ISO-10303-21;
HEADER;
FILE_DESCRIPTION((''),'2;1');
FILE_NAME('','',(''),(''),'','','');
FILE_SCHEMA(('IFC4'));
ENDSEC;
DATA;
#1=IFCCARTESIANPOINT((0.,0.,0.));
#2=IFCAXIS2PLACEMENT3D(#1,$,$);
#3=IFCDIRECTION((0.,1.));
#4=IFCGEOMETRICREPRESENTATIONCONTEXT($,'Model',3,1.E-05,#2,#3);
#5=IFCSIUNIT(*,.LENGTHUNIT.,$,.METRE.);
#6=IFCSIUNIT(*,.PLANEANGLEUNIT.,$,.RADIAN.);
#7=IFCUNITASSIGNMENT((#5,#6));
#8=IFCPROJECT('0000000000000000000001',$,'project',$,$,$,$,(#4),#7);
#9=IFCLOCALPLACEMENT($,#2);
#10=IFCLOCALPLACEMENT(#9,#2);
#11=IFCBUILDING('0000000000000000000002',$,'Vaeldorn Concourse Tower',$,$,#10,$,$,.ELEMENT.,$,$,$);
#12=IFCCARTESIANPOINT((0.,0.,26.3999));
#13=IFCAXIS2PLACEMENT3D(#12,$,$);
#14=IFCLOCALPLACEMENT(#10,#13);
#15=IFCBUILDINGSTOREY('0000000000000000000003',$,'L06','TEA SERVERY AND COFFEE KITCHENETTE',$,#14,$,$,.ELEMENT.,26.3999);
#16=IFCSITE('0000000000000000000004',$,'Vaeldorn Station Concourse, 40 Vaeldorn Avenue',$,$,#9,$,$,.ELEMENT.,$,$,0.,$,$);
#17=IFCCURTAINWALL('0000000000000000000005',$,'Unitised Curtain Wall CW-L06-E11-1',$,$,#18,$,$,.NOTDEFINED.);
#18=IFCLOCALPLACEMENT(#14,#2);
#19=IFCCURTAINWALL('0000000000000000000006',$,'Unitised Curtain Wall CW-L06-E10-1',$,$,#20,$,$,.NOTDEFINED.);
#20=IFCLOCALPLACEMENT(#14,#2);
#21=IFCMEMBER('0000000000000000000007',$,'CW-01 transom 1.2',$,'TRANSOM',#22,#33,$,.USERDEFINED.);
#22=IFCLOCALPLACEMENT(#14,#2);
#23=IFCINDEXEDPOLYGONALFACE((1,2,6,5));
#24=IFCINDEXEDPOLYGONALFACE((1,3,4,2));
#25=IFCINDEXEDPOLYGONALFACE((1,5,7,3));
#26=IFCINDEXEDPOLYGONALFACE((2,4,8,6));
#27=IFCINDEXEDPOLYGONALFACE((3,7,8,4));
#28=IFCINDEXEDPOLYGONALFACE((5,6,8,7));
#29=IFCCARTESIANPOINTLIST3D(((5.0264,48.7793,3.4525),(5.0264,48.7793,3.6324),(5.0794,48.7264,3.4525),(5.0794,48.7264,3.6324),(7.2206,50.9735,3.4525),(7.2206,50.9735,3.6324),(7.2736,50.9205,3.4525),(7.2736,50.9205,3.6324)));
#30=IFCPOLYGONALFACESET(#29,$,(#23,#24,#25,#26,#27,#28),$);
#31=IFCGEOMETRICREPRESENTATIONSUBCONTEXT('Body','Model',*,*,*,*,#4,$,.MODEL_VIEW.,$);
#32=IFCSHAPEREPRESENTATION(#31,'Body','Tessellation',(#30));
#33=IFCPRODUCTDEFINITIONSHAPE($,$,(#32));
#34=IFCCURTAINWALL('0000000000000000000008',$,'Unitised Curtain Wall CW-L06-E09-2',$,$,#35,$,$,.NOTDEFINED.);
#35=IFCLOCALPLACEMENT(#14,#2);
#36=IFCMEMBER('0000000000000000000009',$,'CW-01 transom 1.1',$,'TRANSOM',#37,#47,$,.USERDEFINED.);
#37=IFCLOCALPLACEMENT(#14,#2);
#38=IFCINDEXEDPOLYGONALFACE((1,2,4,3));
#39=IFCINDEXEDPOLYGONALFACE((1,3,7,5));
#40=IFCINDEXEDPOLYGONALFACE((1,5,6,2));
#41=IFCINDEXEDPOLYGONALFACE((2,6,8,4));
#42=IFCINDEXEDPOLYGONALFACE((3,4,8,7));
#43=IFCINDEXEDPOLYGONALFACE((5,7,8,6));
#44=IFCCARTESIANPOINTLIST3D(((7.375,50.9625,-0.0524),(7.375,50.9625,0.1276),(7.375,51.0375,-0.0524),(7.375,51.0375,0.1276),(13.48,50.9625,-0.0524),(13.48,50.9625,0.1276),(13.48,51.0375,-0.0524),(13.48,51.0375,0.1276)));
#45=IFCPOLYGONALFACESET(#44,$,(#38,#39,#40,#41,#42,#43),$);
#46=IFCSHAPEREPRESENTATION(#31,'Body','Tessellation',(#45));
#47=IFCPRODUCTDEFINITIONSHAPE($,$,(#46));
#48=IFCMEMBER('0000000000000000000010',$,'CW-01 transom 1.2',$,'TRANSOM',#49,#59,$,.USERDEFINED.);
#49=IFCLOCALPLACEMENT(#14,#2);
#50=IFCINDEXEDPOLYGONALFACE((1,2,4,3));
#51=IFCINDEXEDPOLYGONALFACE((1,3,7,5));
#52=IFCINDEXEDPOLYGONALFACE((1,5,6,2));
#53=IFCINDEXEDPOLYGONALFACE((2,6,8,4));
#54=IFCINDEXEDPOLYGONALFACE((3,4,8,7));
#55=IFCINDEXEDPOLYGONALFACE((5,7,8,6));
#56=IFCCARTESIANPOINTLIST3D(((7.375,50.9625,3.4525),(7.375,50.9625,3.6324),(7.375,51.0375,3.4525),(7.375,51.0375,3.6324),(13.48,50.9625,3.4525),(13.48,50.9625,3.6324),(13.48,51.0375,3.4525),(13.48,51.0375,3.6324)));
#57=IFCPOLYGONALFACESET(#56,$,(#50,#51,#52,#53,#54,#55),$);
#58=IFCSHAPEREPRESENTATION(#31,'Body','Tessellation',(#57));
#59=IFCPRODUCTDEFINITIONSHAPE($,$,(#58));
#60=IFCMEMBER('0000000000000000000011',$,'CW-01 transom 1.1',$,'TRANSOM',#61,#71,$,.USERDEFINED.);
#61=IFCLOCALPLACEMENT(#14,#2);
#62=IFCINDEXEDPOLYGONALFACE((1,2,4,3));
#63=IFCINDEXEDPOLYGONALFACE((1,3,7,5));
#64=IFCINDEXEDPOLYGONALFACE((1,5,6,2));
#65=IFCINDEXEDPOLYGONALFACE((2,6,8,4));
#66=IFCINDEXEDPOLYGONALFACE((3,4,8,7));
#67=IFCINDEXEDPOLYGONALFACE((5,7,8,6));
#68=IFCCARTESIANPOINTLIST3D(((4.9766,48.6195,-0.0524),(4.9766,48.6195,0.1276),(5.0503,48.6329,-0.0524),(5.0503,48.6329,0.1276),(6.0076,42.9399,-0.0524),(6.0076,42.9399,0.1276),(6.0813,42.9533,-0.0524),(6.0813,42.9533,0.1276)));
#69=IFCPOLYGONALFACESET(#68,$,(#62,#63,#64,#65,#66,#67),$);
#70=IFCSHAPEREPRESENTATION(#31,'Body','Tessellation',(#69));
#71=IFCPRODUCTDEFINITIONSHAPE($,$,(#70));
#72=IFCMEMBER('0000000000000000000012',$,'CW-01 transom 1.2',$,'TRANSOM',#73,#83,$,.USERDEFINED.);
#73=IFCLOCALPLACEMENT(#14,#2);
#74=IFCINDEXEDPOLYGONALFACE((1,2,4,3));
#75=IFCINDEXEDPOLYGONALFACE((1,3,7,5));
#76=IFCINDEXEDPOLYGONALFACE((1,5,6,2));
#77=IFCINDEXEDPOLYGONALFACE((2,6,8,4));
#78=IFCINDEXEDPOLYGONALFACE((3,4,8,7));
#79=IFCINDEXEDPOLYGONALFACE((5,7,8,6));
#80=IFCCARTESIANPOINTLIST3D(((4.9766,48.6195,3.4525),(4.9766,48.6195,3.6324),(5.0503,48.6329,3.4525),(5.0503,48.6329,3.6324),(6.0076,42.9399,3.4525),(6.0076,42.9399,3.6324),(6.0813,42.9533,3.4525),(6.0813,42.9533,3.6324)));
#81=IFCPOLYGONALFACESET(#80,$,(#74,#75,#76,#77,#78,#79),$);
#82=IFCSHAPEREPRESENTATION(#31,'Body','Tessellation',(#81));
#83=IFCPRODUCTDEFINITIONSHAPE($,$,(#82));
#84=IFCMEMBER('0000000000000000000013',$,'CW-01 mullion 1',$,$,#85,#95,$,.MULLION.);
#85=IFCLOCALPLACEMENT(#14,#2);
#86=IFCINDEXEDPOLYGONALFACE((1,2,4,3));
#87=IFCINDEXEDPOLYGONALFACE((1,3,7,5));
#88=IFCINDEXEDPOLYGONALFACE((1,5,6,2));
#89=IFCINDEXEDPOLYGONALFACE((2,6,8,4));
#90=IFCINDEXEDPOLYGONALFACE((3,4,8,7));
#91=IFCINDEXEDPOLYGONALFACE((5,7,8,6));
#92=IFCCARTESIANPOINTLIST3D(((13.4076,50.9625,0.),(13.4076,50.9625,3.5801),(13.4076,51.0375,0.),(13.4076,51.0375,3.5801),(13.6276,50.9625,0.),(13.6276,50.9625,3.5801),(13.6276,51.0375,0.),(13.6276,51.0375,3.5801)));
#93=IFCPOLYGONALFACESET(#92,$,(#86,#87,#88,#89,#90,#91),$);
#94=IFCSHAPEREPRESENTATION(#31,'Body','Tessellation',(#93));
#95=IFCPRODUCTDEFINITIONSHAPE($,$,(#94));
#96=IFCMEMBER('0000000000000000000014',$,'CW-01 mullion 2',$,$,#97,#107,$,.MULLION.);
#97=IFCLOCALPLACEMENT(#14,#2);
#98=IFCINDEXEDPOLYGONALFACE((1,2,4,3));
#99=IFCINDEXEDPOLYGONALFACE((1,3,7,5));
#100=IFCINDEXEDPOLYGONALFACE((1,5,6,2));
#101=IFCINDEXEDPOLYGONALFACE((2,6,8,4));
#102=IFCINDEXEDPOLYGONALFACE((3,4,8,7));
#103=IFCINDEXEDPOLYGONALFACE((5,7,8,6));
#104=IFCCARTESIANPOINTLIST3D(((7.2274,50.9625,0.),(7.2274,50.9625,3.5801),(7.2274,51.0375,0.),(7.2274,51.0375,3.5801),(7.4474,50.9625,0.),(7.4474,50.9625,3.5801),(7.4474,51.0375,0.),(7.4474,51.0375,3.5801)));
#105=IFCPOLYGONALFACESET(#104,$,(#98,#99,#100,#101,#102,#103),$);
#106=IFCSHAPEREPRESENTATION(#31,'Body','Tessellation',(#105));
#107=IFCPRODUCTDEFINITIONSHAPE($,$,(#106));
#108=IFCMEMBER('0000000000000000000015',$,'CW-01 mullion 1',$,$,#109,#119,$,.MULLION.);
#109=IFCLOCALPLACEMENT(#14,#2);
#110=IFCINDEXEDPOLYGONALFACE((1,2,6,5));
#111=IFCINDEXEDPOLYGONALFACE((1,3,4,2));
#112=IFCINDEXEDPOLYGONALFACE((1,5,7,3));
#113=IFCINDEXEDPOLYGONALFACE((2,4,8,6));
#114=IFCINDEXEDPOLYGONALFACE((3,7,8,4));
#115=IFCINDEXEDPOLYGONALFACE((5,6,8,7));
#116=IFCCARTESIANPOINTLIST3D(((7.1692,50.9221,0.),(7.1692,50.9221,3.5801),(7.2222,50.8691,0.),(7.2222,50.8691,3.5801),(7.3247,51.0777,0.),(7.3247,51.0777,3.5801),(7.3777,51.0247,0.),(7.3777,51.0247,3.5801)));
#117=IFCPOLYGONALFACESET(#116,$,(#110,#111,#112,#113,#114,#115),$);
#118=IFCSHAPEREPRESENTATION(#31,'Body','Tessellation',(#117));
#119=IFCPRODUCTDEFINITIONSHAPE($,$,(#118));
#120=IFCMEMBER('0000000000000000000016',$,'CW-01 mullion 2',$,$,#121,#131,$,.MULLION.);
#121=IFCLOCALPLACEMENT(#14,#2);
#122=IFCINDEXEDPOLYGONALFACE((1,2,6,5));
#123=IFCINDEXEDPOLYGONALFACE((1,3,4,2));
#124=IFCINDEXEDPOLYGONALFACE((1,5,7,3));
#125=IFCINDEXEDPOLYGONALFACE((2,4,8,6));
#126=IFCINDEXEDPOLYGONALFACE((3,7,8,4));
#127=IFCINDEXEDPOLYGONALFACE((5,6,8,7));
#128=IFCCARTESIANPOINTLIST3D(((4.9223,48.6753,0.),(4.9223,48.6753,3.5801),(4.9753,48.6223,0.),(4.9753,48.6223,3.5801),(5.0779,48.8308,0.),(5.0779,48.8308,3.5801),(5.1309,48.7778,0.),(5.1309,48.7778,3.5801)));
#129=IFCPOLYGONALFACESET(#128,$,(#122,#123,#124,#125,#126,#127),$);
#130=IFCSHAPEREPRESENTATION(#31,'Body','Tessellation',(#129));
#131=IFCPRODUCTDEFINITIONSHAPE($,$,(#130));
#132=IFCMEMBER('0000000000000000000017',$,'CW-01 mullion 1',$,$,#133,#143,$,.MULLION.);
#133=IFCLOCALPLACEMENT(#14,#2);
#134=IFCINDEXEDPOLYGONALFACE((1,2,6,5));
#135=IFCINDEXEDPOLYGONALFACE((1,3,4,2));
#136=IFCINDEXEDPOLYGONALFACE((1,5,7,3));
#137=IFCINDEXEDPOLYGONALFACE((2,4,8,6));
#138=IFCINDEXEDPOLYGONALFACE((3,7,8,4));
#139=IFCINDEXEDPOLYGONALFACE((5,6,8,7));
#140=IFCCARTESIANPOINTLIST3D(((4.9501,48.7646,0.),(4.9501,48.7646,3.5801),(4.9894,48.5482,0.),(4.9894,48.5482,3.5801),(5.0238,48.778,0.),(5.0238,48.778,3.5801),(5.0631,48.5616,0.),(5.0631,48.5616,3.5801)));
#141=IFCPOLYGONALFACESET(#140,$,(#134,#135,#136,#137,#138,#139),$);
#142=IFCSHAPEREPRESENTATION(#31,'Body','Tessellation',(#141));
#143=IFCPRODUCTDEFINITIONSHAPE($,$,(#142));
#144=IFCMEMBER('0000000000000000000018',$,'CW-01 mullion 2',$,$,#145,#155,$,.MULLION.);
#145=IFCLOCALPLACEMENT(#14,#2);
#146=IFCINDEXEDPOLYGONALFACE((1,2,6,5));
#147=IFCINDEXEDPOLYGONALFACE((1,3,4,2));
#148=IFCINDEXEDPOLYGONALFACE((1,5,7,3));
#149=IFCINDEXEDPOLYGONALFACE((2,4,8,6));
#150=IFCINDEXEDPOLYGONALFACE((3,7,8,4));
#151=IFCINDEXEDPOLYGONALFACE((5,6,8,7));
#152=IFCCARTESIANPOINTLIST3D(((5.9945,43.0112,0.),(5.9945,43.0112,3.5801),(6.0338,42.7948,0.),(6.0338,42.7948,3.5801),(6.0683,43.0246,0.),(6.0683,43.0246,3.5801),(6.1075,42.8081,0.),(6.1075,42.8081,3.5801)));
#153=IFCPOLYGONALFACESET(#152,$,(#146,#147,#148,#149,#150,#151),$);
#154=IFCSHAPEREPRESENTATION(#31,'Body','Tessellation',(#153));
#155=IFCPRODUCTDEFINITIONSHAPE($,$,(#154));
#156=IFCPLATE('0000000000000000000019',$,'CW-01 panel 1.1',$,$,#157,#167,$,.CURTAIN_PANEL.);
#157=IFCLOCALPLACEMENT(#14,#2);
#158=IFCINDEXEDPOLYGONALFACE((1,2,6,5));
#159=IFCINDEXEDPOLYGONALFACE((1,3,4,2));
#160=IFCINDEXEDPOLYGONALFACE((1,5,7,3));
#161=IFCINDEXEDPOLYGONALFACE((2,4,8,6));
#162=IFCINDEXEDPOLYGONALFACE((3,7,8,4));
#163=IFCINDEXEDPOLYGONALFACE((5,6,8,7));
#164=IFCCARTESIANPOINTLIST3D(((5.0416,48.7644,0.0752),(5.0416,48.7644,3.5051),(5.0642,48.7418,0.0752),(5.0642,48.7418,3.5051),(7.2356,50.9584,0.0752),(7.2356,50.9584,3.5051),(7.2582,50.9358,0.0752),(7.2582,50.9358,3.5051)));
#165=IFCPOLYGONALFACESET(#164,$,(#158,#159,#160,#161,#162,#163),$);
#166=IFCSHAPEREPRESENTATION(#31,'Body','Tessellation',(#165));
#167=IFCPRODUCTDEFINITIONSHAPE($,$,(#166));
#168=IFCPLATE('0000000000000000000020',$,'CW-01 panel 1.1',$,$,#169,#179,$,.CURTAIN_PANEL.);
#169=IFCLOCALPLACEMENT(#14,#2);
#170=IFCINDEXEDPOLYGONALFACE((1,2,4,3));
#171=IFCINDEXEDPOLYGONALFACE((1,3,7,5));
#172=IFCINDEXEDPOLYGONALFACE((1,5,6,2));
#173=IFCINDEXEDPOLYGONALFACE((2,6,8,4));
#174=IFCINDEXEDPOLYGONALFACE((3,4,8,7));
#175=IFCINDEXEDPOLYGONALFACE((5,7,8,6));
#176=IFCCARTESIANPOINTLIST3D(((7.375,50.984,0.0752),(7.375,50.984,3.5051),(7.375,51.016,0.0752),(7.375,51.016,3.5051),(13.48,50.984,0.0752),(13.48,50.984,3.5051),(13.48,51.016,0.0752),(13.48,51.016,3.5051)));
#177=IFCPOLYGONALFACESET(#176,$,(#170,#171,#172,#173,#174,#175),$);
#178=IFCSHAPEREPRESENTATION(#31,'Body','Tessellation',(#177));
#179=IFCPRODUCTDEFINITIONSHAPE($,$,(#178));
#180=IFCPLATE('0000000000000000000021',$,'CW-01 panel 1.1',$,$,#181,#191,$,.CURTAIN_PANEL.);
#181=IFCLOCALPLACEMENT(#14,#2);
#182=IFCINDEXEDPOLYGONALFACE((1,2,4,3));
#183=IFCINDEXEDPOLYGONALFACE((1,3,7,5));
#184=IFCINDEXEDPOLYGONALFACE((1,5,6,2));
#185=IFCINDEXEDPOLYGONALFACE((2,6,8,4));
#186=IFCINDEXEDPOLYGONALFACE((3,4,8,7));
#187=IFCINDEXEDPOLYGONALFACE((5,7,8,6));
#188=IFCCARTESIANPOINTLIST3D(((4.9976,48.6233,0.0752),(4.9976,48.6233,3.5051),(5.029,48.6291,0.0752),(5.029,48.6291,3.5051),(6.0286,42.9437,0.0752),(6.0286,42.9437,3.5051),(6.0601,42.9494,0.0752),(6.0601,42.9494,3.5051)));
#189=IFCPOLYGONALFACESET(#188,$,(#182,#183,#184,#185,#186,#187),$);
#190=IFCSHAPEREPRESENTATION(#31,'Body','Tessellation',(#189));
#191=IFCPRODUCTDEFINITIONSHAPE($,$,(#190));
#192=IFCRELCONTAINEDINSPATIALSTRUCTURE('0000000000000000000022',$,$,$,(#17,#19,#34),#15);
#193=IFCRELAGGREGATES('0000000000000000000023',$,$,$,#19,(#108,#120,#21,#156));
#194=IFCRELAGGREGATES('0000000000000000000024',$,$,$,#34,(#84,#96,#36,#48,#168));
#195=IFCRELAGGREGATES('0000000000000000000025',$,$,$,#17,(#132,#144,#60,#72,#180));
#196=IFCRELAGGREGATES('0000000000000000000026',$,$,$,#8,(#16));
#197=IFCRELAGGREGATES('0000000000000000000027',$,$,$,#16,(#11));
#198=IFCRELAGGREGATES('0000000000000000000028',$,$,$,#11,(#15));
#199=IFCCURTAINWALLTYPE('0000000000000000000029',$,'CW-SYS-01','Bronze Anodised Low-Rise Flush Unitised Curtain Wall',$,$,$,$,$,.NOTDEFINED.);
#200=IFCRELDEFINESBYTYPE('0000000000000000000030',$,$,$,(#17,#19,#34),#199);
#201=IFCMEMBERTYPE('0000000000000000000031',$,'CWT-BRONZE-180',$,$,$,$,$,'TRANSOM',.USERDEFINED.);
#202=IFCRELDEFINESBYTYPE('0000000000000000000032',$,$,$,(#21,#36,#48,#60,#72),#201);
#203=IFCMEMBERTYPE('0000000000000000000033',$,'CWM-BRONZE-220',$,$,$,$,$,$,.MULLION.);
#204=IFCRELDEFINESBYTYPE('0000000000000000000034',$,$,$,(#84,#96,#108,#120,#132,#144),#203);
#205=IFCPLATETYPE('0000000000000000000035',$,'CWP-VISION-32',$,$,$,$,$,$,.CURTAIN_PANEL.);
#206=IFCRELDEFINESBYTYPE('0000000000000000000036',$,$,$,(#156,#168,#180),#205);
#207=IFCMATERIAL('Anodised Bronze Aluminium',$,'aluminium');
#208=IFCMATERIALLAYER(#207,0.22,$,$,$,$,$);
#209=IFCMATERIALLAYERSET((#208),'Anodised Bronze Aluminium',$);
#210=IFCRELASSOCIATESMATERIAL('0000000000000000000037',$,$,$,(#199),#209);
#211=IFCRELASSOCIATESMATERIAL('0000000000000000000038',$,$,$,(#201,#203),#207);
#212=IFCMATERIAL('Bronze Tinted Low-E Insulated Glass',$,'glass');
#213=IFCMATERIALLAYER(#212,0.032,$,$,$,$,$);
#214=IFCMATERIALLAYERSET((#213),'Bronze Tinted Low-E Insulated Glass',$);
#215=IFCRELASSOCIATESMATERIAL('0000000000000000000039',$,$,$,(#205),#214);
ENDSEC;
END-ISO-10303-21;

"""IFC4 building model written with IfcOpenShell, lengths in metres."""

from ifc_helpers import new_model, si_unit, direction, frame, origin, origin_2d, place, context, subcontext, project, spatial, rectangle, extrude, source, transform, mapped, material, layer, layer_set, material_profile, profile_set, type_object, element, aggregate, save


model = new_model("IFC4")

# Units and contexts
model_context = context("Model", 3, precision=1e-05, world=origin(), true_north=direction((0.0, 1.0)))
body_context = subcontext(model_context, "Body", "Model", "MODEL_VIEW")
ifc_project = project(units=[si_unit("LENGTHUNIT", "METRE"), si_unit("PLANEANGLEUNIT", "RADIAN")], contexts=[model_context])

# Site, building, storey
site_placement = place(None, origin())
site = spatial("IfcSite", under=ifc_project, at=site_placement, Name="Vaeldorn Station Concourse, 40 Vaeldorn Avenue", CompositionType="ELEMENT", RefElevation=0.0)
building_placement = place(site_placement, origin())
building = spatial("IfcBuilding", under=site, at=building_placement, Name="Vaeldorn Concourse Tower", CompositionType="ELEMENT")
storey_placement = place(building_placement, frame((0.0, 0.0, 26.3999)))
storey = spatial("IfcBuildingStorey", under=building, at=storey_placement, Name="L06", Description="TEA SERVERY AND COFFEE KITCHENETTE", CompositionType="ELEMENT", Elevation=26.3999)

# Curtain walls, members
ifc_material_1 = material(Name="Anodised Bronze Aluminium", Category="aluminium")
ifc_layer_1 = layer(ifc_material_1, 0.22)
ifc_layer_set_1 = layer_set([ifc_layer_1], Name="Anodised Bronze Aluminium")
curtain_wall_type = type_object("IfcCurtainWallType", Name="CW-SYS-01", Description="Bronze Anodised Low-Rise Flush Unitised Curtain Wall", PredefinedType="NOTDEFINED", material=ifc_layer_set_1)
curtain_wall_1_placement = place(storey_placement, origin())
curtain_wall_1 = element("IfcCurtainWall", 1, at=curtain_wall_1_placement, inside=storey, type_object=curtain_wall_type, Name="Unitised Curtain Wall CW-L06-E11-1", PredefinedType="NOTDEFINED")
ifc_material_profile_1 = material_profile(ifc_material_1, rectangle(XDim=0.075, YDim=0.1799, at=origin_2d()), Name="CWT 75x180")
ifc_profile_set_1 = profile_set([ifc_material_profile_1], Name="Anodised Bronze Aluminium")
member_type_1 = type_object("IfcMemberType", Name="CWT-BRONZE-180", ElementType="TRANSOM", PredefinedType="USERDEFINED", material=ifc_profile_set_1)
curtain_wall_2_placement = place(storey_placement, origin())
curtain_wall_2 = element("IfcCurtainWall", 2, at=curtain_wall_2_placement, inside=storey, type_object=curtain_wall_type, Name="Unitised Curtain Wall CW-L06-E10-1", PredefinedType="NOTDEFINED")
shared_shape_1 = source(origin(), body_context, "Body", "SweptSolid", [
    extrude(rectangle(XDim=0.075, YDim=0.1799, at=origin_2d()), origin(), (0.0, 0.0, 1.0), 3.103),
])
member_1_placement = place(storey_placement, frame((7.2471, 50.947, 3.5425), z_axis=(-0.707107, -0.707107, 0.0), x_axis=(0.707107, -0.707107, 0.0)))
member_1 = element("IfcMember", 3, at=member_1_placement, type_object=member_type_1, Name="CW-01 transom 1.2", ObjectType="TRANSOM", PredefinedType="USERDEFINED", context=body_context, shape_type="MappedRepresentation", body=[
    mapped(shared_shape_1, transform((0.0, 0.0, 0.0), scale=1.0)),
])
curtain_wall_3_placement = place(storey_placement, origin())
curtain_wall_3 = element("IfcCurtainWall", 4, at=curtain_wall_3_placement, inside=storey, type_object=curtain_wall_type, Name="Unitised Curtain Wall CW-L06-E09-2", PredefinedType="NOTDEFINED")
shared_shape_2 = source(origin(), body_context, "Body", "SweptSolid", [
    extrude(rectangle(XDim=0.075, YDim=0.1799, at=origin_2d()), origin(), (0.0, 0.0, 1.0), 6.105),
])
member_2_placement = place(storey_placement, frame((13.48, 51.0, 0.0376), z_axis=(-1.0, 0.0, 0.0), x_axis=(0.0, -1.0, 0.0)))
member_2 = element("IfcMember", 5, at=member_2_placement, type_object=member_type_1, Name="CW-01 transom 1.1", ObjectType="TRANSOM", PredefinedType="USERDEFINED", context=body_context, shape_type="MappedRepresentation", body=[
    mapped(shared_shape_2, transform((0.0, 0.0, 0.0), scale=1.0)),
])
member_3_placement = place(storey_placement, frame((13.48, 51.0, 3.5425), z_axis=(-1.0, 0.0, 0.0), x_axis=(0.0, -1.0, 0.0)))
member_3 = element("IfcMember", 6, at=member_3_placement, type_object=member_type_1, Name="CW-01 transom 1.2", ObjectType="TRANSOM", PredefinedType="USERDEFINED", context=body_context, shape_type="MappedRepresentation", body=[
    mapped(shared_shape_2, transform((0.0, 0.0, 0.0), scale=1.0)),
])

# Members
shared_shape_3 = source(origin(), body_context, "Body", "SweptSolid", [
    extrude(rectangle(XDim=0.075, YDim=0.1799, at=origin_2d()), origin(), (0.0, 0.0, 1.0), 5.7725),
])
member_4_placement = place(storey_placement, frame((5.0134, 48.6262, 0.0376), z_axis=(0.178606, -0.983921, 0.0), x_axis=(0.983921, 0.178606, 0.0)))
member_4 = element("IfcMember", 7, at=member_4_placement, type_object=member_type_1, Name="CW-01 transom 1.1", ObjectType="TRANSOM", PredefinedType="USERDEFINED", context=body_context, shape_type="MappedRepresentation", body=[
    mapped(shared_shape_3, transform((0.0, 0.0, 0.0), scale=1.0)),
])
member_5_placement = place(storey_placement, frame((5.0134, 48.6262, 3.5425), z_axis=(0.178606, -0.983921, 0.0), x_axis=(0.983921, 0.178606, 0.0)))
member_5 = element("IfcMember", 8, at=member_5_placement, type_object=member_type_1, Name="CW-01 transom 1.2", ObjectType="TRANSOM", PredefinedType="USERDEFINED", context=body_context, shape_type="MappedRepresentation", body=[
    mapped(shared_shape_3, transform((0.0, 0.0, 0.0), scale=1.0)),
])
ifc_material_profile_2 = material_profile(ifc_material_1, rectangle(XDim=0.075, YDim=0.22, at=origin_2d()), Name="CWM 75x220")
ifc_profile_set_2 = profile_set([ifc_material_profile_2], Name="Anodised Bronze Aluminium")
member_type_2 = type_object("IfcMemberType", Name="CWM-BRONZE-220", PredefinedType="MULLION", material=ifc_profile_set_2)
shared_shape_4 = source(origin(), body_context, "Body", "SweptSolid", [
    extrude(rectangle(XDim=0.075, YDim=0.22, at=origin_2d()), origin(), (0.0, 0.0, 1.0), 3.5801),
])
member_6_placement = place(storey_placement, frame((13.5176, 51.0, 0.0), z_axis=(0.0, 0.0, 1.0), x_axis=(0.0, -1.0, 0.0)))
member_6 = element("IfcMember", 9, at=member_6_placement, type_object=member_type_2, Name="CW-01 mullion 1", PredefinedType="MULLION", context=body_context, shape_type="MappedRepresentation", body=[
    mapped(shared_shape_4, transform((0.0, 0.0, 0.0), scale=1.0)),
])
member_7_placement = place(storey_placement, frame((7.3374, 51.0, 0.0), z_axis=(0.0, 0.0, 1.0), x_axis=(0.0, -1.0, 0.0)))
member_7 = element("IfcMember", 10, at=member_7_placement, type_object=member_type_2, Name="CW-01 mullion 2", PredefinedType="MULLION", context=body_context, shape_type="MappedRepresentation", body=[
    mapped(shared_shape_4, transform((0.0, 0.0, 0.0), scale=1.0)),
])
member_8_placement = place(storey_placement, frame((7.2734, 50.9734, 0.0), z_axis=(0.0, 0.0, 1.0), x_axis=(0.707107, -0.707107, 0.0)))
member_8 = element("IfcMember", 11, at=member_8_placement, type_object=member_type_2, Name="CW-01 mullion 1", PredefinedType="MULLION", context=body_context, shape_type="MappedRepresentation", body=[
    mapped(shared_shape_4, transform((0.0, 0.0, 0.0), scale=1.0)),
])
member_9_placement = place(storey_placement, frame((5.0266, 48.7266, 0.0), z_axis=(0.0, 0.0, 1.0), x_axis=(0.707107, -0.707107, 0.0)))
member_9 = element("IfcMember", 12, at=member_9_placement, type_object=member_type_2, Name="CW-01 mullion 2", PredefinedType="MULLION", context=body_context, shape_type="MappedRepresentation", body=[
    mapped(shared_shape_4, transform((0.0, 0.0, 0.0), scale=1.0)),
])
member_10_placement = place(storey_placement, frame((5.0066, 48.6631, 0.0), z_axis=(0.0, 0.0, 1.0), x_axis=(0.98392, 0.17861, 0.0)))
member_10 = element("IfcMember", 13, at=member_10_placement, type_object=member_type_2, Name="CW-01 mullion 1", PredefinedType="MULLION", context=body_context, shape_type="MappedRepresentation", body=[
    mapped(shared_shape_4, transform((0.0, 0.0, 0.0), scale=1.0)),
])
member_11_placement = place(storey_placement, frame((6.051, 42.9097, 0.0), z_axis=(0.0, 0.0, 1.0), x_axis=(0.98392, 0.17861, 0.0)))
member_11 = element("IfcMember", 14, at=member_11_placement, type_object=member_type_2, Name="CW-01 mullion 2", PredefinedType="MULLION", context=body_context, shape_type="MappedRepresentation", body=[
    mapped(shared_shape_4, transform((0.0, 0.0, 0.0), scale=1.0)),
])

# Plates
ifc_material_2 = material(Name="Bronze Tinted Low-E Insulated Glass", Category="glass")
ifc_layer_2 = layer(ifc_material_2, 0.032)
ifc_layer_set_2 = layer_set([ifc_layer_2], Name="Bronze Tinted Low-E Insulated Glass")
plate_type = type_object("IfcPlateType", Name="CWP-VISION-32", PredefinedType="CURTAIN_PANEL", material=ifc_layer_set_2)
shared_shape_5 = source(origin(), body_context, "Body", "SweptSolid", [
    extrude(rectangle(XDim=3.1028, YDim=0.032, at=origin_2d()), origin(), (0.0, 0.0, 1.0), 3.4299),
])
plate_1_placement = place(storey_placement, frame((6.1499, 49.8501, 0.0752), z_axis=(0.0, 0.0, 1.0), x_axis=(-0.707107, -0.707107, 0.0)))
plate_1 = element("IfcPlate", 15, at=plate_1_placement, type_object=plate_type, Name="CW-01 panel 1.1", PredefinedType="CURTAIN_PANEL", context=body_context, shape_type="MappedRepresentation", body=[
    mapped(shared_shape_5, transform((0.0, 0.0, 0.0), scale=1.0)),
])
aggregate(curtain_wall_2, [member_8, member_9, member_1, plate_1])
shared_shape_6 = source(origin(), body_context, "Body", "SweptSolid", [
    extrude(rectangle(XDim=6.105, YDim=0.032, at=origin_2d()), origin(), (0.0, 0.0, 1.0), 3.4299),
])
plate_2_placement = place(storey_placement, frame((10.4275, 51.0, 0.0752), z_axis=(0.0, 0.0, 1.0), x_axis=(-1.0, 0.0, 0.0)))
plate_2 = element("IfcPlate", 16, at=plate_2_placement, type_object=plate_type, Name="CW-01 panel 1.1", PredefinedType="CURTAIN_PANEL", context=body_context, shape_type="MappedRepresentation", body=[
    mapped(shared_shape_6, transform((0.0, 0.0, 0.0), scale=1.0)),
])
aggregate(curtain_wall_3, [member_6, member_7, member_2, member_3, plate_2])
shared_shape_7 = source(origin(), body_context, "Body", "SweptSolid", [
    extrude(rectangle(XDim=5.7725, YDim=0.032, at=origin_2d()), origin(), (0.0, 0.0, 1.0), 3.4299),
])
plate_3_placement = place(storey_placement, frame((5.5288, 45.7864, 0.0752), z_axis=(0.0, 0.0, 1.0), x_axis=(0.17861, -0.98392, 0.0)))
plate_3 = element("IfcPlate", 17, at=plate_3_placement, type_object=plate_type, Name="CW-01 panel 1.1", PredefinedType="CURTAIN_PANEL", context=body_context, shape_type="MappedRepresentation", body=[
    mapped(shared_shape_7, transform((0.0, 0.0, 0.0), scale=1.0)),
])
aggregate(curtain_wall_1, [member_10, member_11, member_4, member_5, plate_3])

save(model, "model.ifc")
